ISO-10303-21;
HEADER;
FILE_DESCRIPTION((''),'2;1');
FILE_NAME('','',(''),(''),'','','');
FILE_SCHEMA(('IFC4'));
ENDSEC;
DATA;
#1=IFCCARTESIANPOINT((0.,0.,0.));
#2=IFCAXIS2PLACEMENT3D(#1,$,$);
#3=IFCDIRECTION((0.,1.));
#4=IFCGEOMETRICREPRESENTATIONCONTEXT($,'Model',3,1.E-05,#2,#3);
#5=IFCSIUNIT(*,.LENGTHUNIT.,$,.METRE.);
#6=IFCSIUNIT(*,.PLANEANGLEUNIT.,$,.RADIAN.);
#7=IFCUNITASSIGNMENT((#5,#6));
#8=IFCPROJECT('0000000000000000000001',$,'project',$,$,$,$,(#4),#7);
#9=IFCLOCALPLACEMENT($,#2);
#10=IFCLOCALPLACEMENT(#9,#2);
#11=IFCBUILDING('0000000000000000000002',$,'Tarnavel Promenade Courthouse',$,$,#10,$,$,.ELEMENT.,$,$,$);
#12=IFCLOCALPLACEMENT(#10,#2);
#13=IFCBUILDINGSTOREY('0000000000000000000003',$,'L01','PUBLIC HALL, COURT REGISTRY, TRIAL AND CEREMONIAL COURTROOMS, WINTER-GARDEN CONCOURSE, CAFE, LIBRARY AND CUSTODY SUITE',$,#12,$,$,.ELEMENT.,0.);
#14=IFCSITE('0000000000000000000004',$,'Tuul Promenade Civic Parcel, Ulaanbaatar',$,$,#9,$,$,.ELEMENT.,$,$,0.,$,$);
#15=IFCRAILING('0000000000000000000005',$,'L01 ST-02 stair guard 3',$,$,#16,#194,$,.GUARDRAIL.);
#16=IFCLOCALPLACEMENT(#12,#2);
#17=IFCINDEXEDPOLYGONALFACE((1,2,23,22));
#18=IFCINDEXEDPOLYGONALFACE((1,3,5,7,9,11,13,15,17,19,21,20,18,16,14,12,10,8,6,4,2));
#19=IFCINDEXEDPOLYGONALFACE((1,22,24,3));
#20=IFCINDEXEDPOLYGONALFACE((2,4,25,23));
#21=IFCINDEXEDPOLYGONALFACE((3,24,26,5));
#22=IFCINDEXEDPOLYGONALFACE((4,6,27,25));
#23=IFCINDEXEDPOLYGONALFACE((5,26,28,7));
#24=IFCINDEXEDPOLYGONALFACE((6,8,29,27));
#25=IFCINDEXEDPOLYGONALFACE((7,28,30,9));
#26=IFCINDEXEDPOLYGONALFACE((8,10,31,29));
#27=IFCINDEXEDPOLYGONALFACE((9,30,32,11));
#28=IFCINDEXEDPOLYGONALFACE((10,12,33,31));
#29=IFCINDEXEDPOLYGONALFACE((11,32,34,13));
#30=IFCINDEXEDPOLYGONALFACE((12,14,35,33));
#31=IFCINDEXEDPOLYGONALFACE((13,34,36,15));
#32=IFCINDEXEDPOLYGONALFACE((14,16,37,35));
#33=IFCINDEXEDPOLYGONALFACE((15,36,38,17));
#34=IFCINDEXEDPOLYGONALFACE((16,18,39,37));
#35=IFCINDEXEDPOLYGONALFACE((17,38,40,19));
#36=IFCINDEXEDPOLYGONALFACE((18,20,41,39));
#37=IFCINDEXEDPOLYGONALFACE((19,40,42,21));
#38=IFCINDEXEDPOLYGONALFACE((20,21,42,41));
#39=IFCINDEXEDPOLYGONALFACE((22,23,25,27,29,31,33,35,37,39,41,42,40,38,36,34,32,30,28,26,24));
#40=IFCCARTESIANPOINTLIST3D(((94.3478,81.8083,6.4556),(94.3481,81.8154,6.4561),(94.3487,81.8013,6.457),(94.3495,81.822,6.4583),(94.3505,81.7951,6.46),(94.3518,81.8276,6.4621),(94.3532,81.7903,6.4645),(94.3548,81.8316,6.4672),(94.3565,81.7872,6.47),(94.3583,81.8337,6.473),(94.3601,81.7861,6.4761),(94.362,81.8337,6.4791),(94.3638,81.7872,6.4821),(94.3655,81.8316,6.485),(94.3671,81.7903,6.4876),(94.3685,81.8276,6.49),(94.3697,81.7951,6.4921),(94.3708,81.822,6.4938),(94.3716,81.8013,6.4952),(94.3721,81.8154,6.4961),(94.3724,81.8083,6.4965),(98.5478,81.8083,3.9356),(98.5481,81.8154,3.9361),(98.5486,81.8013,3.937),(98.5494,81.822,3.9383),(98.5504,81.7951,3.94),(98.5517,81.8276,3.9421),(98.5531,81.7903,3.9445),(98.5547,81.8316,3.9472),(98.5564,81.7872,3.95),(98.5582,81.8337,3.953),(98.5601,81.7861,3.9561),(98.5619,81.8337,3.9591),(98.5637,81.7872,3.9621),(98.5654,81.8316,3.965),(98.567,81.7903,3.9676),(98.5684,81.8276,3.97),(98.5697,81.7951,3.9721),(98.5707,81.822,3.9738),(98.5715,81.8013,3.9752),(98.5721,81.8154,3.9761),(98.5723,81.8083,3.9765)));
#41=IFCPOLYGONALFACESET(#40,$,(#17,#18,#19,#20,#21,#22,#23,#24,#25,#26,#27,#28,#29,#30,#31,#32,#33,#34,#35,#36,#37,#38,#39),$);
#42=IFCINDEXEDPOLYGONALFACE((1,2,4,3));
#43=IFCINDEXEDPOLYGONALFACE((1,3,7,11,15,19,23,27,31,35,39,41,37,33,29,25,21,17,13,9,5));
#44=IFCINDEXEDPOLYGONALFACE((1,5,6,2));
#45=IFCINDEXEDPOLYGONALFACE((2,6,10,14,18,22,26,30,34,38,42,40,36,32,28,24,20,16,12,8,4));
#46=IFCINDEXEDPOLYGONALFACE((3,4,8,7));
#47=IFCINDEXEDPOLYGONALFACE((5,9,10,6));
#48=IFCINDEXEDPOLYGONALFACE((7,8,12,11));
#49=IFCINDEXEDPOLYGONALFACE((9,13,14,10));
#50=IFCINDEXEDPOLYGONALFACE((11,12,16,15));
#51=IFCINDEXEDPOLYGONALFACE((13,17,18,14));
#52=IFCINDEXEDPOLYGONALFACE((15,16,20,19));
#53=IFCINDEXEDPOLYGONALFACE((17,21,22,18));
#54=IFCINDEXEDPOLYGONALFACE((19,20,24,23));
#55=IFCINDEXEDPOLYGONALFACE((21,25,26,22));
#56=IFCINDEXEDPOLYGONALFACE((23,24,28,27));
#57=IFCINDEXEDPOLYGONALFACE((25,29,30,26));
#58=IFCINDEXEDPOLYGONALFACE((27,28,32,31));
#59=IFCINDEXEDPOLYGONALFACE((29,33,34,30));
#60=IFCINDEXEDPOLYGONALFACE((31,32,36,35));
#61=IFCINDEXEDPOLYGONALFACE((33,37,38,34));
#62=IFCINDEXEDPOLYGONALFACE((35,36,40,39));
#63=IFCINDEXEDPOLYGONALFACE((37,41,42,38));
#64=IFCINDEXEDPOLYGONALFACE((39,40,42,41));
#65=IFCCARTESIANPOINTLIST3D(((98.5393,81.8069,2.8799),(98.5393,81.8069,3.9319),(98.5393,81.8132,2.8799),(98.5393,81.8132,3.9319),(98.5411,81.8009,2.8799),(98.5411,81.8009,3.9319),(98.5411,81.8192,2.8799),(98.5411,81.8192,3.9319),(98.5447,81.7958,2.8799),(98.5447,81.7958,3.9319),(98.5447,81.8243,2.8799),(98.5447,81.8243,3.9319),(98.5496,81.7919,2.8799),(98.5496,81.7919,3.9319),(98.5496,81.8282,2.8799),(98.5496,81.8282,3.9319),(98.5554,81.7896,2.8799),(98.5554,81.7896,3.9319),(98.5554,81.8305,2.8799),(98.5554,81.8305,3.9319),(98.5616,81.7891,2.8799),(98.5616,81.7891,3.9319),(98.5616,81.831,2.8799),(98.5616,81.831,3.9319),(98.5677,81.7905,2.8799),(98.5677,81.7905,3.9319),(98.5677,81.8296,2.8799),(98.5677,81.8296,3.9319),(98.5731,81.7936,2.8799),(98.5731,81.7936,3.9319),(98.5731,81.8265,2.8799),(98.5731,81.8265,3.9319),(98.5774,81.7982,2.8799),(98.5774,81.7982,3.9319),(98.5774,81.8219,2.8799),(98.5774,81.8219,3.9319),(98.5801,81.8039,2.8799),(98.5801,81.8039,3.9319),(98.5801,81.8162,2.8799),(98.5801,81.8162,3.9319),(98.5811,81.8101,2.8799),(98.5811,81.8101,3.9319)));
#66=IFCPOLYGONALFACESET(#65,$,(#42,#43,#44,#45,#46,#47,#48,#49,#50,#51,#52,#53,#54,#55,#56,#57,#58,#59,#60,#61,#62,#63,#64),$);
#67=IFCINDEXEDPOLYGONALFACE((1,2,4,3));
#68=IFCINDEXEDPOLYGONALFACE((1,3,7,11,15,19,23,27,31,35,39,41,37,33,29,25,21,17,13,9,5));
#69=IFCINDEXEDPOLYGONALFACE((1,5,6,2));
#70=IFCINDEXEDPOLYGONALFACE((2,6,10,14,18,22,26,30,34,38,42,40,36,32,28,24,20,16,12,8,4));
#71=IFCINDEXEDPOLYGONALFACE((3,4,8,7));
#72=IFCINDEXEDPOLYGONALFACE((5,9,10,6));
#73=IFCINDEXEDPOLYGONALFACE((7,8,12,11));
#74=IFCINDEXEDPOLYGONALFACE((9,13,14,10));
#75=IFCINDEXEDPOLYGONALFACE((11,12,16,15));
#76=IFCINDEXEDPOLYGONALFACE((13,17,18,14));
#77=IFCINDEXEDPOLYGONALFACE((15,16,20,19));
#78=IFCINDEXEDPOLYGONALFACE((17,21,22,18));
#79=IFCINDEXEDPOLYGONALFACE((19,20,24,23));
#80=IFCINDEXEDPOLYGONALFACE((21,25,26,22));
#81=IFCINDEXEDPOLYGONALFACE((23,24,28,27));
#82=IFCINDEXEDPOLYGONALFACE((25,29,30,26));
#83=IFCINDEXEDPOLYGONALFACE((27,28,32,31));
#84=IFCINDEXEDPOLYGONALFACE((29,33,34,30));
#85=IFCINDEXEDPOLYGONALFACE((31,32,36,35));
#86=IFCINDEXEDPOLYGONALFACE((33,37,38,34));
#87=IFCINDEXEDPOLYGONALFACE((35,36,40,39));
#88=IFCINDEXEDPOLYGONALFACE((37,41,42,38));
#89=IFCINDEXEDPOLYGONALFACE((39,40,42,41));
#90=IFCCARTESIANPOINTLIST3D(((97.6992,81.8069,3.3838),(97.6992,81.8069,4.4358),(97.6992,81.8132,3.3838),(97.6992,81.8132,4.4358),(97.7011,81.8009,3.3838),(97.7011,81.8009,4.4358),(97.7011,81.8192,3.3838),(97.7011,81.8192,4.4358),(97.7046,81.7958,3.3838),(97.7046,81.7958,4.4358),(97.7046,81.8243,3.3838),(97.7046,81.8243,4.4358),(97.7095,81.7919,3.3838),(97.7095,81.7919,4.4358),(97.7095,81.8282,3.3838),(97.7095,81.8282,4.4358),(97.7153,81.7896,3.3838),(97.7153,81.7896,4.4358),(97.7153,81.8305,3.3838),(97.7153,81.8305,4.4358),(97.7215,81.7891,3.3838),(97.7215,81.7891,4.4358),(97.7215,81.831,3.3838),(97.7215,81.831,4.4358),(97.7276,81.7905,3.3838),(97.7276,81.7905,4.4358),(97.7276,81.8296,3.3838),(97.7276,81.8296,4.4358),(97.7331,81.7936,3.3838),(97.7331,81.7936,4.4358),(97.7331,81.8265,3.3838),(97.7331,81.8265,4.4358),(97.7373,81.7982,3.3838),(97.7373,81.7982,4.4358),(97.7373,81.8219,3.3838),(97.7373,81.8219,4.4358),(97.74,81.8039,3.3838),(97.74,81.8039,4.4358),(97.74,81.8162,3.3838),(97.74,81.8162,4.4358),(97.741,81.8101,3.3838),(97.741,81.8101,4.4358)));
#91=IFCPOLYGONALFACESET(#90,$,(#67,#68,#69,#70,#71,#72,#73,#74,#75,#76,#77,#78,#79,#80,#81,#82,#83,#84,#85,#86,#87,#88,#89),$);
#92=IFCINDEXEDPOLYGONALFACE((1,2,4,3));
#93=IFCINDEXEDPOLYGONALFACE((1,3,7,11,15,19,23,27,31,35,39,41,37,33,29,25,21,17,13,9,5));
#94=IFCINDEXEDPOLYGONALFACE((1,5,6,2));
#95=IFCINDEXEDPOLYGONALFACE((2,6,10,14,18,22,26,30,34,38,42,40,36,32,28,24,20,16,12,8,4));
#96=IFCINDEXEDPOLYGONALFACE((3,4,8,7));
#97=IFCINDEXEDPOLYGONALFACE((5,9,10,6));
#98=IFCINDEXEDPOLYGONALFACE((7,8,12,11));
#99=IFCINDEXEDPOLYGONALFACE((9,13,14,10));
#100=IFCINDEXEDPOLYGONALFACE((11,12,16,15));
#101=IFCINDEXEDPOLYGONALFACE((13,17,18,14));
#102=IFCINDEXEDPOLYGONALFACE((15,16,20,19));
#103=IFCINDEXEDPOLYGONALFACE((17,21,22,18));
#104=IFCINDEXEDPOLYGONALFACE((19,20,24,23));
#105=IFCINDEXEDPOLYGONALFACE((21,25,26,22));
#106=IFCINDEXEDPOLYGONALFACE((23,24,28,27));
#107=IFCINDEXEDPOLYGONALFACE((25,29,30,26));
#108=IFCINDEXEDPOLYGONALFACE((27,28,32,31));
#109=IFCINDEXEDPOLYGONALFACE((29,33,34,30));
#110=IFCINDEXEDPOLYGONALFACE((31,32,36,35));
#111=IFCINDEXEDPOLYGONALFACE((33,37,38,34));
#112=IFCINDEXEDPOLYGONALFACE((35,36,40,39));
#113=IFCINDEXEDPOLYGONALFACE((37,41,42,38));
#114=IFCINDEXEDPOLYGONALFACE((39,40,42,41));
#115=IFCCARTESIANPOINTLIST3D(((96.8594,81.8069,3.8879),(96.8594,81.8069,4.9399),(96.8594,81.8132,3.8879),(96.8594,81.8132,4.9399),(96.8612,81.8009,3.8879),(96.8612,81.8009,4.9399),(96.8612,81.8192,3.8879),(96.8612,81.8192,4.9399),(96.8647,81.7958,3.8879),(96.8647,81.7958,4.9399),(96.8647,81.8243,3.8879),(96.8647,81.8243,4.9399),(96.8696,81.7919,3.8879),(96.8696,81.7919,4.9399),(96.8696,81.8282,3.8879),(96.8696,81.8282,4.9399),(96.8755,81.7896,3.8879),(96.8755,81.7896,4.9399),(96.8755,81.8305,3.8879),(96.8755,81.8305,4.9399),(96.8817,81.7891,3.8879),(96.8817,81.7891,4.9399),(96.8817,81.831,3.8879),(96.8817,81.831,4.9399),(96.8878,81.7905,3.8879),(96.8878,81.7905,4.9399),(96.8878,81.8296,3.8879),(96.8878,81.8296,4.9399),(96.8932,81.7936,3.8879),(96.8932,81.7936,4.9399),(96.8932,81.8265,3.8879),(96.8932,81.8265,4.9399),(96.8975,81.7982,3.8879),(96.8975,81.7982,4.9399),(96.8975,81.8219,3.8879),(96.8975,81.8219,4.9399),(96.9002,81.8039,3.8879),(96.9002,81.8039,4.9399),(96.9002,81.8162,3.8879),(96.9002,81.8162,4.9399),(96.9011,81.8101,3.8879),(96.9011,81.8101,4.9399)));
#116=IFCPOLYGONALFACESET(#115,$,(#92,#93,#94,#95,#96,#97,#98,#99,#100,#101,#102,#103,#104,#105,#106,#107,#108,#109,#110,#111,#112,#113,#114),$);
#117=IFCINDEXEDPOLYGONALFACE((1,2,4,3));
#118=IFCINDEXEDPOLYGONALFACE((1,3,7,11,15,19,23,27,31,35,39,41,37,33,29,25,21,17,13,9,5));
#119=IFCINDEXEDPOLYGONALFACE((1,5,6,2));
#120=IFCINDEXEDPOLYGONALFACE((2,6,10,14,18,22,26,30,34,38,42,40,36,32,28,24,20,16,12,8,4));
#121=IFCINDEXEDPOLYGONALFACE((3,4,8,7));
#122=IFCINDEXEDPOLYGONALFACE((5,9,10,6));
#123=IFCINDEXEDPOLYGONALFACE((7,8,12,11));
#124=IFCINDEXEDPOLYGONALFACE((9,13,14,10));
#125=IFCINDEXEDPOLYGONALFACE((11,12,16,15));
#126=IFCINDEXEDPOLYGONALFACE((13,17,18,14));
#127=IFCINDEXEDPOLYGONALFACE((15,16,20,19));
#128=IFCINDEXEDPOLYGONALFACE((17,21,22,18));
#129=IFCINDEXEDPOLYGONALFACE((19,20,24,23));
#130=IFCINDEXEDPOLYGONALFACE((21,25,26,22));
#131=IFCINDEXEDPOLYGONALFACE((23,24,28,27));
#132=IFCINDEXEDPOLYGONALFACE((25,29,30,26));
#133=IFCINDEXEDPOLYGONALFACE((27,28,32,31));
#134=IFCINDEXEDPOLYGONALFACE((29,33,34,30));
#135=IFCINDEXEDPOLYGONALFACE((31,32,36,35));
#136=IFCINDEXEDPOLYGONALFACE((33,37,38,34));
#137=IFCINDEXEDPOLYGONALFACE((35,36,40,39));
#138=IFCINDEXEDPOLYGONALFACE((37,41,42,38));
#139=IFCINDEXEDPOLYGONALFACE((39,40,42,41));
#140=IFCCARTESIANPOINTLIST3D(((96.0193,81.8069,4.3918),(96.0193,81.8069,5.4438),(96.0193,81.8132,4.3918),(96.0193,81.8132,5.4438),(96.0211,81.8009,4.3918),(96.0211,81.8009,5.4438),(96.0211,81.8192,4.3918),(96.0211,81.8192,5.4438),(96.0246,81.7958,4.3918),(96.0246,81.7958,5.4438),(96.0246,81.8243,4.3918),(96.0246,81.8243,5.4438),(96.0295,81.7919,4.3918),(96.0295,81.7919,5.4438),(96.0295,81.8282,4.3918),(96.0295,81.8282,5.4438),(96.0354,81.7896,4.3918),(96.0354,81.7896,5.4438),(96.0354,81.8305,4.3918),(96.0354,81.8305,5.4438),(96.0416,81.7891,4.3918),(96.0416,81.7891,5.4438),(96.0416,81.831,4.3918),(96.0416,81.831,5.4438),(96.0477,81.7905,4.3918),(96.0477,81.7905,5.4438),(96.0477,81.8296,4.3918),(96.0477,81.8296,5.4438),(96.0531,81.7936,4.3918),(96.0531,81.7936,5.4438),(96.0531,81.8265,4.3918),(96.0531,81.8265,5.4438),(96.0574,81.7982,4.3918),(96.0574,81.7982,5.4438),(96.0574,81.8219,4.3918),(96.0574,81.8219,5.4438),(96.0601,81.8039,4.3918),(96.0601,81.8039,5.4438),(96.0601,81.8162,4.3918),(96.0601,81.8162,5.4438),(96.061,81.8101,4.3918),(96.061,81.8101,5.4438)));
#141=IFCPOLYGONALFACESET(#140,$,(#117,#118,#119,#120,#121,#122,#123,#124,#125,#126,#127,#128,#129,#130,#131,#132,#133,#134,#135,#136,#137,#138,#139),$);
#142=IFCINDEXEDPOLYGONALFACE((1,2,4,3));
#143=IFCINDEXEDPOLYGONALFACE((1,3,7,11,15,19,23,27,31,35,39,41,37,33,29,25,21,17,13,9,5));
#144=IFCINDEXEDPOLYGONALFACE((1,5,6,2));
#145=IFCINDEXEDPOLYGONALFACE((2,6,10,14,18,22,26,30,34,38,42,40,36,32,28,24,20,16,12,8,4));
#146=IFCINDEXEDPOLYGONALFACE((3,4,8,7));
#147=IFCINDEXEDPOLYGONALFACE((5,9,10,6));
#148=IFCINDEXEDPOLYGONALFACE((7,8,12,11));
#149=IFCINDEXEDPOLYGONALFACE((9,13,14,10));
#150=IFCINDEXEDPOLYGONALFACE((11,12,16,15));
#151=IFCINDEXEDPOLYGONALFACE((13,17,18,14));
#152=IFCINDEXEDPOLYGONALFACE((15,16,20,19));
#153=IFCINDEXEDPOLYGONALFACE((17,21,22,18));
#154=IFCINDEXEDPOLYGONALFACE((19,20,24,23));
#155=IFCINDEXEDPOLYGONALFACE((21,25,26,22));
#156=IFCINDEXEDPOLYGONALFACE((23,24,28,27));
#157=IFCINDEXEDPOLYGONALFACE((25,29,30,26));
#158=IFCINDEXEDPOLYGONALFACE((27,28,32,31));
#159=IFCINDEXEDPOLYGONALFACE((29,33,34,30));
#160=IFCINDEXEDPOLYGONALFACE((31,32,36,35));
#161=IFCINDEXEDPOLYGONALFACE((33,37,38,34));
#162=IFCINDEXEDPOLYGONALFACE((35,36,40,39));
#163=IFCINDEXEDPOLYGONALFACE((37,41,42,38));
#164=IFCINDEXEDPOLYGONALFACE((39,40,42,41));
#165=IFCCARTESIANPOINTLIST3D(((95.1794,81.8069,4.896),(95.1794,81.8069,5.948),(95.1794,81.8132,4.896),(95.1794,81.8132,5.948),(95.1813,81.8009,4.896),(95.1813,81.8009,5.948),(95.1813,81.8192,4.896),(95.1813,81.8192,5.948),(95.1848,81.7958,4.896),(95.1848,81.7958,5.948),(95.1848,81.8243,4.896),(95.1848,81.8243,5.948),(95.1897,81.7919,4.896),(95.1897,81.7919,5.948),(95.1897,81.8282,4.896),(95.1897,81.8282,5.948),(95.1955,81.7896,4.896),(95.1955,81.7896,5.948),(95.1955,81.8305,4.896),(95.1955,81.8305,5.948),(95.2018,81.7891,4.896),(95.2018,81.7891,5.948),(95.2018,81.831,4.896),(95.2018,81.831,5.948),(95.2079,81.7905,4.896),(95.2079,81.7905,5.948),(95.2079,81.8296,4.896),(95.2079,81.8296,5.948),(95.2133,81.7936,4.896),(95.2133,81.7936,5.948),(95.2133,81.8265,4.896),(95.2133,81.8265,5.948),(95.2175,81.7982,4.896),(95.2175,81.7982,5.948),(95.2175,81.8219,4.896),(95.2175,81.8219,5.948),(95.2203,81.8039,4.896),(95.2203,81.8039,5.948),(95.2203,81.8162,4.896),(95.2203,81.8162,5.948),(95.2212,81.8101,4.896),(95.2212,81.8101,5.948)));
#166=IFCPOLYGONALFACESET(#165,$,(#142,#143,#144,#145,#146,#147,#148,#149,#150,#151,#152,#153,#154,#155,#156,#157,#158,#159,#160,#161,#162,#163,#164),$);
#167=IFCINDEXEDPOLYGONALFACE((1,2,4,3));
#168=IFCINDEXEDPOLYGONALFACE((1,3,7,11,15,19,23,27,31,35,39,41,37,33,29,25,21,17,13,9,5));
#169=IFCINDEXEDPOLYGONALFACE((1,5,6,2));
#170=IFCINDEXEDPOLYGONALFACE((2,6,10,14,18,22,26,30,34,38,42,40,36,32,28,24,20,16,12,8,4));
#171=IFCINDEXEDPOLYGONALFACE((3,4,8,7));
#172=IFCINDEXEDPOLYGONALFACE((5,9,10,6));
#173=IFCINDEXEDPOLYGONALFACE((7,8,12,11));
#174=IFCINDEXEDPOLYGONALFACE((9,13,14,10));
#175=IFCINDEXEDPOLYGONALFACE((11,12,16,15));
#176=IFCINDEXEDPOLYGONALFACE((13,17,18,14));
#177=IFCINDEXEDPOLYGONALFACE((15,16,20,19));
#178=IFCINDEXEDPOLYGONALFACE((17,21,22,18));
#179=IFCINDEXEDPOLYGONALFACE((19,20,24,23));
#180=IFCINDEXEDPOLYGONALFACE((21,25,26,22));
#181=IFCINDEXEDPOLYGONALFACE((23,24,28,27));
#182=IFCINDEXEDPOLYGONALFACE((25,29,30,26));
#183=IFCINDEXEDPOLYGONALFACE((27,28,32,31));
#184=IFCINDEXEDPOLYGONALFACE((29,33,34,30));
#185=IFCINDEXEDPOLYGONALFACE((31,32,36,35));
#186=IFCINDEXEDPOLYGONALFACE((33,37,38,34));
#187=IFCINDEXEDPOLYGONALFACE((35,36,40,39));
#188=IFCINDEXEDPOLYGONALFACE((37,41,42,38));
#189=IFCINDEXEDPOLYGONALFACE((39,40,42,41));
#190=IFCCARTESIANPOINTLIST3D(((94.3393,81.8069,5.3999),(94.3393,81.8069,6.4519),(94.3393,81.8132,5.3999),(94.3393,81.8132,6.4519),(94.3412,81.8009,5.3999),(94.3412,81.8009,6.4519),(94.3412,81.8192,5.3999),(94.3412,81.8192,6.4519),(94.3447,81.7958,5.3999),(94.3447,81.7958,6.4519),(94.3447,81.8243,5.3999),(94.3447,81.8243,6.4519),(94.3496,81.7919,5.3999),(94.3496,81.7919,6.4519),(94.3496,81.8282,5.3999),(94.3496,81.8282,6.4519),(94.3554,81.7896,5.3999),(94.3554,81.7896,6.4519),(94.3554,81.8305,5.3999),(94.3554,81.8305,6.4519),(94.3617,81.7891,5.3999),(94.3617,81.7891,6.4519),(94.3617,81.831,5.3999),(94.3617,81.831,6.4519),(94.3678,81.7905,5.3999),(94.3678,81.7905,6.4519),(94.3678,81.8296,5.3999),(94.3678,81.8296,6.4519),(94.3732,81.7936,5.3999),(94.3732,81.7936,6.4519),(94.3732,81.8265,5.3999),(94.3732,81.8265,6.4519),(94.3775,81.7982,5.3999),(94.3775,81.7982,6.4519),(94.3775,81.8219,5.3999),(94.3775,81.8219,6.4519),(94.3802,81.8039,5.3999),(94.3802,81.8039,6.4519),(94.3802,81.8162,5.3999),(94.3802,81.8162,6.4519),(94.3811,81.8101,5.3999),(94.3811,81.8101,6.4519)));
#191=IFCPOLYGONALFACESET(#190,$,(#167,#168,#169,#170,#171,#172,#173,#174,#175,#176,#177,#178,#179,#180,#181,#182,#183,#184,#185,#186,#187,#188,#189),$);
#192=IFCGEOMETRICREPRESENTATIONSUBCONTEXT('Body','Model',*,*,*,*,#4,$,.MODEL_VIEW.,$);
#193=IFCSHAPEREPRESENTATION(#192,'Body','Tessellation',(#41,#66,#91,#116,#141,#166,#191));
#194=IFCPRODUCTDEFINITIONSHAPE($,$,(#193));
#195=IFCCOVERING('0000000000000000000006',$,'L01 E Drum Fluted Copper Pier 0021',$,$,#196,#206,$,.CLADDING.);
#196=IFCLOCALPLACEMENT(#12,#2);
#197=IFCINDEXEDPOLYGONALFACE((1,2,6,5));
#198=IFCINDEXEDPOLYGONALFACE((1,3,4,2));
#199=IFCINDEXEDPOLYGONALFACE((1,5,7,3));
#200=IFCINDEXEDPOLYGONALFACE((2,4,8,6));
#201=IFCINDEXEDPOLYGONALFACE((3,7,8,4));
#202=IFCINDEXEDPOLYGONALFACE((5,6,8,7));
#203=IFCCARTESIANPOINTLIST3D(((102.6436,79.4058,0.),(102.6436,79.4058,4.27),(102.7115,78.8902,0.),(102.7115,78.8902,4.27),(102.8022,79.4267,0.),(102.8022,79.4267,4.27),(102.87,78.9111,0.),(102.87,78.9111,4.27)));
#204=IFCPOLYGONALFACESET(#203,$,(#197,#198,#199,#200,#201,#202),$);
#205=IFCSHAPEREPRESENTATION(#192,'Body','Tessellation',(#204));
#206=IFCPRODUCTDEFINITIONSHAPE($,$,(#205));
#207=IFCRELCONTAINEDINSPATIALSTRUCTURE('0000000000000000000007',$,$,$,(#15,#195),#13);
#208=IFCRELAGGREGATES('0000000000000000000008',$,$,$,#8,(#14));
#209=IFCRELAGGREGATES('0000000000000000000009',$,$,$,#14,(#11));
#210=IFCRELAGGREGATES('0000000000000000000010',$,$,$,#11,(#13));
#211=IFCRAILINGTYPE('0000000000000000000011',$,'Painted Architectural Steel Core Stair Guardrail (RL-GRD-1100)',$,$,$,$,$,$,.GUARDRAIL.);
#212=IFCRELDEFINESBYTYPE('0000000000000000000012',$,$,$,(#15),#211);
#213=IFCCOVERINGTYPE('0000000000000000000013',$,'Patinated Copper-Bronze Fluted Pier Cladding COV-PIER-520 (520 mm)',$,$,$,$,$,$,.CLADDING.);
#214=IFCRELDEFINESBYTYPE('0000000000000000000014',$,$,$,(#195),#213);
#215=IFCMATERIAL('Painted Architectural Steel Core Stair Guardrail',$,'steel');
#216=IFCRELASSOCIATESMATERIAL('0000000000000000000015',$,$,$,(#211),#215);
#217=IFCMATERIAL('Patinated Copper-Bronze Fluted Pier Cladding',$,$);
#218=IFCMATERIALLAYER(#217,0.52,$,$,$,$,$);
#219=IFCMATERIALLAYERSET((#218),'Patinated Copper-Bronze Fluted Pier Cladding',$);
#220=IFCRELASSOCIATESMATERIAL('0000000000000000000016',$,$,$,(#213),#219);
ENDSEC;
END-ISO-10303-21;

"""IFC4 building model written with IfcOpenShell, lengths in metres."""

from ifc_helpers import new_model, si_unit, direction, frame, origin, origin_2d, place, context, subcontext, project, spatial, rectangle, circle, extrude, material, layer, layer_set, type_object, element, save


model = new_model("IFC4")

# Units and contexts
model_context = context("Model", 3, precision=1e-05, world=origin(), true_north=direction((0.0, 1.0)))
body_context = subcontext(model_context, "Body", "Model", "MODEL_VIEW")
ifc_project = project(units=[si_unit("LENGTHUNIT", "METRE"), si_unit("PLANEANGLEUNIT", "RADIAN")], contexts=[model_context])

# Site, building, storey
site_placement = place(None, origin())
site = spatial("IfcSite", under=ifc_project, at=site_placement, Name="Tuul Promenade Civic Parcel, Ulaanbaatar", CompositionType="ELEMENT", RefElevation=0.0)
building_placement = place(site_placement, origin())
building = spatial("IfcBuilding", under=site, at=building_placement, Name="Tarnavel Promenade Courthouse", CompositionType="ELEMENT")
storey_placement = place(building_placement, origin())
storey = spatial("IfcBuildingStorey", under=building, at=storey_placement, Name="L01", Description="PUBLIC HALL, COURT REGISTRY, TRIAL AND CEREMONIAL COURTROOMS, WINTER-GARDEN CONCOURSE, CAFE, LIBRARY AND CUSTODY SUITE", CompositionType="ELEMENT", Elevation=0.0)

# Railing
ifc_material_1 = material(Name="Painted Architectural Steel Core Stair Guardrail", Category="steel")
railing_type_1 = type_object("IfcRailingType", Name="Painted Architectural Steel Core Stair Guardrail (RL-GRD-1100)", PredefinedType="GUARDRAIL", material=ifc_material_1)
railing_1_placement = place(storey_placement, frame((98.5601, 81.8101, 2.8799)))
element("IfcRailing", 1, at=railing_1_placement, inside=storey, type_object=railing_type_1, Name="L01 ST-02 stair guard 3", PredefinedType="GUARDRAIL", context=body_context, shape_type="SweptSolid", body=[
    extrude(circle(Radius=0.0239, at=origin_2d()), frame((0.0, 0.0, 1.0762), z_axis=(-0.857489, 0.0, 0.514503), x_axis=(0.0, -1.0, 0.0)), (0.0, 0.0, 1.0), 4.8979),
    extrude(circle(Radius=0.021, at=origin_2d()), origin(), (0.0, 0.0, 1.0), 1.052),
    extrude(circle(Radius=0.021, at=origin_2d()), frame((-0.8401, 0.0, 0.5039)), (0.0, 0.0, 1.0), 1.052),
    extrude(circle(Radius=0.021, at=origin_2d()), frame((-1.6799, 0.0, 1.0081)), (0.0, 0.0, 1.0), 1.052),
    extrude(circle(Radius=0.021, at=origin_2d()), frame((-2.52, 0.0, 1.512)), (0.0, 0.0, 1.0), 1.052),
    extrude(circle(Radius=0.021, at=origin_2d()), frame((-3.3599, 0.0, 2.0161)), (0.0, 0.0, 1.0), 1.052),
    extrude(circle(Radius=0.021, at=origin_2d()), frame((-4.2, 0.0, 2.52)), (0.0, 0.0, 1.0), 1.052),
])

# Covering
ifc_material_2 = material(Name="Patinated Copper-Bronze Fluted Pier Cladding")
ifc_layer_1 = layer(ifc_material_2, 0.52)
ifc_layer_set_1 = layer_set([ifc_layer_1], Name="Patinated Copper-Bronze Fluted Pier Cladding")
covering_type = type_object("IfcCoveringType", Name="Patinated Copper-Bronze Fluted Pier Cladding COV-PIER-520 (520 mm)", PredefinedType="CLADDING", material=ifc_layer_set_1)
for number, where, z_axis, x_axis, name in (
    (2, (102.7568, 79.1584, 0.0), (0.0, 0.0, 1.0), (0.991445, 0.130526, 0.0), "L01 E Drum Fluted Copper Pier 0021"),
):
    element("IfcCovering", number, at=place(storey_placement, frame(where, z_axis=z_axis, x_axis=x_axis)), inside=storey, type_object=covering_type, Name=name, PredefinedType="CLADDING", context=body_context, shape_type="SweptSolid", body=[
        extrude(rectangle(XDim=0.1599, YDim=0.52, at=origin_2d()), origin(), (0.0, 0.0, 1.0), 4.27),
    ])

save(model, "model.ifc")
